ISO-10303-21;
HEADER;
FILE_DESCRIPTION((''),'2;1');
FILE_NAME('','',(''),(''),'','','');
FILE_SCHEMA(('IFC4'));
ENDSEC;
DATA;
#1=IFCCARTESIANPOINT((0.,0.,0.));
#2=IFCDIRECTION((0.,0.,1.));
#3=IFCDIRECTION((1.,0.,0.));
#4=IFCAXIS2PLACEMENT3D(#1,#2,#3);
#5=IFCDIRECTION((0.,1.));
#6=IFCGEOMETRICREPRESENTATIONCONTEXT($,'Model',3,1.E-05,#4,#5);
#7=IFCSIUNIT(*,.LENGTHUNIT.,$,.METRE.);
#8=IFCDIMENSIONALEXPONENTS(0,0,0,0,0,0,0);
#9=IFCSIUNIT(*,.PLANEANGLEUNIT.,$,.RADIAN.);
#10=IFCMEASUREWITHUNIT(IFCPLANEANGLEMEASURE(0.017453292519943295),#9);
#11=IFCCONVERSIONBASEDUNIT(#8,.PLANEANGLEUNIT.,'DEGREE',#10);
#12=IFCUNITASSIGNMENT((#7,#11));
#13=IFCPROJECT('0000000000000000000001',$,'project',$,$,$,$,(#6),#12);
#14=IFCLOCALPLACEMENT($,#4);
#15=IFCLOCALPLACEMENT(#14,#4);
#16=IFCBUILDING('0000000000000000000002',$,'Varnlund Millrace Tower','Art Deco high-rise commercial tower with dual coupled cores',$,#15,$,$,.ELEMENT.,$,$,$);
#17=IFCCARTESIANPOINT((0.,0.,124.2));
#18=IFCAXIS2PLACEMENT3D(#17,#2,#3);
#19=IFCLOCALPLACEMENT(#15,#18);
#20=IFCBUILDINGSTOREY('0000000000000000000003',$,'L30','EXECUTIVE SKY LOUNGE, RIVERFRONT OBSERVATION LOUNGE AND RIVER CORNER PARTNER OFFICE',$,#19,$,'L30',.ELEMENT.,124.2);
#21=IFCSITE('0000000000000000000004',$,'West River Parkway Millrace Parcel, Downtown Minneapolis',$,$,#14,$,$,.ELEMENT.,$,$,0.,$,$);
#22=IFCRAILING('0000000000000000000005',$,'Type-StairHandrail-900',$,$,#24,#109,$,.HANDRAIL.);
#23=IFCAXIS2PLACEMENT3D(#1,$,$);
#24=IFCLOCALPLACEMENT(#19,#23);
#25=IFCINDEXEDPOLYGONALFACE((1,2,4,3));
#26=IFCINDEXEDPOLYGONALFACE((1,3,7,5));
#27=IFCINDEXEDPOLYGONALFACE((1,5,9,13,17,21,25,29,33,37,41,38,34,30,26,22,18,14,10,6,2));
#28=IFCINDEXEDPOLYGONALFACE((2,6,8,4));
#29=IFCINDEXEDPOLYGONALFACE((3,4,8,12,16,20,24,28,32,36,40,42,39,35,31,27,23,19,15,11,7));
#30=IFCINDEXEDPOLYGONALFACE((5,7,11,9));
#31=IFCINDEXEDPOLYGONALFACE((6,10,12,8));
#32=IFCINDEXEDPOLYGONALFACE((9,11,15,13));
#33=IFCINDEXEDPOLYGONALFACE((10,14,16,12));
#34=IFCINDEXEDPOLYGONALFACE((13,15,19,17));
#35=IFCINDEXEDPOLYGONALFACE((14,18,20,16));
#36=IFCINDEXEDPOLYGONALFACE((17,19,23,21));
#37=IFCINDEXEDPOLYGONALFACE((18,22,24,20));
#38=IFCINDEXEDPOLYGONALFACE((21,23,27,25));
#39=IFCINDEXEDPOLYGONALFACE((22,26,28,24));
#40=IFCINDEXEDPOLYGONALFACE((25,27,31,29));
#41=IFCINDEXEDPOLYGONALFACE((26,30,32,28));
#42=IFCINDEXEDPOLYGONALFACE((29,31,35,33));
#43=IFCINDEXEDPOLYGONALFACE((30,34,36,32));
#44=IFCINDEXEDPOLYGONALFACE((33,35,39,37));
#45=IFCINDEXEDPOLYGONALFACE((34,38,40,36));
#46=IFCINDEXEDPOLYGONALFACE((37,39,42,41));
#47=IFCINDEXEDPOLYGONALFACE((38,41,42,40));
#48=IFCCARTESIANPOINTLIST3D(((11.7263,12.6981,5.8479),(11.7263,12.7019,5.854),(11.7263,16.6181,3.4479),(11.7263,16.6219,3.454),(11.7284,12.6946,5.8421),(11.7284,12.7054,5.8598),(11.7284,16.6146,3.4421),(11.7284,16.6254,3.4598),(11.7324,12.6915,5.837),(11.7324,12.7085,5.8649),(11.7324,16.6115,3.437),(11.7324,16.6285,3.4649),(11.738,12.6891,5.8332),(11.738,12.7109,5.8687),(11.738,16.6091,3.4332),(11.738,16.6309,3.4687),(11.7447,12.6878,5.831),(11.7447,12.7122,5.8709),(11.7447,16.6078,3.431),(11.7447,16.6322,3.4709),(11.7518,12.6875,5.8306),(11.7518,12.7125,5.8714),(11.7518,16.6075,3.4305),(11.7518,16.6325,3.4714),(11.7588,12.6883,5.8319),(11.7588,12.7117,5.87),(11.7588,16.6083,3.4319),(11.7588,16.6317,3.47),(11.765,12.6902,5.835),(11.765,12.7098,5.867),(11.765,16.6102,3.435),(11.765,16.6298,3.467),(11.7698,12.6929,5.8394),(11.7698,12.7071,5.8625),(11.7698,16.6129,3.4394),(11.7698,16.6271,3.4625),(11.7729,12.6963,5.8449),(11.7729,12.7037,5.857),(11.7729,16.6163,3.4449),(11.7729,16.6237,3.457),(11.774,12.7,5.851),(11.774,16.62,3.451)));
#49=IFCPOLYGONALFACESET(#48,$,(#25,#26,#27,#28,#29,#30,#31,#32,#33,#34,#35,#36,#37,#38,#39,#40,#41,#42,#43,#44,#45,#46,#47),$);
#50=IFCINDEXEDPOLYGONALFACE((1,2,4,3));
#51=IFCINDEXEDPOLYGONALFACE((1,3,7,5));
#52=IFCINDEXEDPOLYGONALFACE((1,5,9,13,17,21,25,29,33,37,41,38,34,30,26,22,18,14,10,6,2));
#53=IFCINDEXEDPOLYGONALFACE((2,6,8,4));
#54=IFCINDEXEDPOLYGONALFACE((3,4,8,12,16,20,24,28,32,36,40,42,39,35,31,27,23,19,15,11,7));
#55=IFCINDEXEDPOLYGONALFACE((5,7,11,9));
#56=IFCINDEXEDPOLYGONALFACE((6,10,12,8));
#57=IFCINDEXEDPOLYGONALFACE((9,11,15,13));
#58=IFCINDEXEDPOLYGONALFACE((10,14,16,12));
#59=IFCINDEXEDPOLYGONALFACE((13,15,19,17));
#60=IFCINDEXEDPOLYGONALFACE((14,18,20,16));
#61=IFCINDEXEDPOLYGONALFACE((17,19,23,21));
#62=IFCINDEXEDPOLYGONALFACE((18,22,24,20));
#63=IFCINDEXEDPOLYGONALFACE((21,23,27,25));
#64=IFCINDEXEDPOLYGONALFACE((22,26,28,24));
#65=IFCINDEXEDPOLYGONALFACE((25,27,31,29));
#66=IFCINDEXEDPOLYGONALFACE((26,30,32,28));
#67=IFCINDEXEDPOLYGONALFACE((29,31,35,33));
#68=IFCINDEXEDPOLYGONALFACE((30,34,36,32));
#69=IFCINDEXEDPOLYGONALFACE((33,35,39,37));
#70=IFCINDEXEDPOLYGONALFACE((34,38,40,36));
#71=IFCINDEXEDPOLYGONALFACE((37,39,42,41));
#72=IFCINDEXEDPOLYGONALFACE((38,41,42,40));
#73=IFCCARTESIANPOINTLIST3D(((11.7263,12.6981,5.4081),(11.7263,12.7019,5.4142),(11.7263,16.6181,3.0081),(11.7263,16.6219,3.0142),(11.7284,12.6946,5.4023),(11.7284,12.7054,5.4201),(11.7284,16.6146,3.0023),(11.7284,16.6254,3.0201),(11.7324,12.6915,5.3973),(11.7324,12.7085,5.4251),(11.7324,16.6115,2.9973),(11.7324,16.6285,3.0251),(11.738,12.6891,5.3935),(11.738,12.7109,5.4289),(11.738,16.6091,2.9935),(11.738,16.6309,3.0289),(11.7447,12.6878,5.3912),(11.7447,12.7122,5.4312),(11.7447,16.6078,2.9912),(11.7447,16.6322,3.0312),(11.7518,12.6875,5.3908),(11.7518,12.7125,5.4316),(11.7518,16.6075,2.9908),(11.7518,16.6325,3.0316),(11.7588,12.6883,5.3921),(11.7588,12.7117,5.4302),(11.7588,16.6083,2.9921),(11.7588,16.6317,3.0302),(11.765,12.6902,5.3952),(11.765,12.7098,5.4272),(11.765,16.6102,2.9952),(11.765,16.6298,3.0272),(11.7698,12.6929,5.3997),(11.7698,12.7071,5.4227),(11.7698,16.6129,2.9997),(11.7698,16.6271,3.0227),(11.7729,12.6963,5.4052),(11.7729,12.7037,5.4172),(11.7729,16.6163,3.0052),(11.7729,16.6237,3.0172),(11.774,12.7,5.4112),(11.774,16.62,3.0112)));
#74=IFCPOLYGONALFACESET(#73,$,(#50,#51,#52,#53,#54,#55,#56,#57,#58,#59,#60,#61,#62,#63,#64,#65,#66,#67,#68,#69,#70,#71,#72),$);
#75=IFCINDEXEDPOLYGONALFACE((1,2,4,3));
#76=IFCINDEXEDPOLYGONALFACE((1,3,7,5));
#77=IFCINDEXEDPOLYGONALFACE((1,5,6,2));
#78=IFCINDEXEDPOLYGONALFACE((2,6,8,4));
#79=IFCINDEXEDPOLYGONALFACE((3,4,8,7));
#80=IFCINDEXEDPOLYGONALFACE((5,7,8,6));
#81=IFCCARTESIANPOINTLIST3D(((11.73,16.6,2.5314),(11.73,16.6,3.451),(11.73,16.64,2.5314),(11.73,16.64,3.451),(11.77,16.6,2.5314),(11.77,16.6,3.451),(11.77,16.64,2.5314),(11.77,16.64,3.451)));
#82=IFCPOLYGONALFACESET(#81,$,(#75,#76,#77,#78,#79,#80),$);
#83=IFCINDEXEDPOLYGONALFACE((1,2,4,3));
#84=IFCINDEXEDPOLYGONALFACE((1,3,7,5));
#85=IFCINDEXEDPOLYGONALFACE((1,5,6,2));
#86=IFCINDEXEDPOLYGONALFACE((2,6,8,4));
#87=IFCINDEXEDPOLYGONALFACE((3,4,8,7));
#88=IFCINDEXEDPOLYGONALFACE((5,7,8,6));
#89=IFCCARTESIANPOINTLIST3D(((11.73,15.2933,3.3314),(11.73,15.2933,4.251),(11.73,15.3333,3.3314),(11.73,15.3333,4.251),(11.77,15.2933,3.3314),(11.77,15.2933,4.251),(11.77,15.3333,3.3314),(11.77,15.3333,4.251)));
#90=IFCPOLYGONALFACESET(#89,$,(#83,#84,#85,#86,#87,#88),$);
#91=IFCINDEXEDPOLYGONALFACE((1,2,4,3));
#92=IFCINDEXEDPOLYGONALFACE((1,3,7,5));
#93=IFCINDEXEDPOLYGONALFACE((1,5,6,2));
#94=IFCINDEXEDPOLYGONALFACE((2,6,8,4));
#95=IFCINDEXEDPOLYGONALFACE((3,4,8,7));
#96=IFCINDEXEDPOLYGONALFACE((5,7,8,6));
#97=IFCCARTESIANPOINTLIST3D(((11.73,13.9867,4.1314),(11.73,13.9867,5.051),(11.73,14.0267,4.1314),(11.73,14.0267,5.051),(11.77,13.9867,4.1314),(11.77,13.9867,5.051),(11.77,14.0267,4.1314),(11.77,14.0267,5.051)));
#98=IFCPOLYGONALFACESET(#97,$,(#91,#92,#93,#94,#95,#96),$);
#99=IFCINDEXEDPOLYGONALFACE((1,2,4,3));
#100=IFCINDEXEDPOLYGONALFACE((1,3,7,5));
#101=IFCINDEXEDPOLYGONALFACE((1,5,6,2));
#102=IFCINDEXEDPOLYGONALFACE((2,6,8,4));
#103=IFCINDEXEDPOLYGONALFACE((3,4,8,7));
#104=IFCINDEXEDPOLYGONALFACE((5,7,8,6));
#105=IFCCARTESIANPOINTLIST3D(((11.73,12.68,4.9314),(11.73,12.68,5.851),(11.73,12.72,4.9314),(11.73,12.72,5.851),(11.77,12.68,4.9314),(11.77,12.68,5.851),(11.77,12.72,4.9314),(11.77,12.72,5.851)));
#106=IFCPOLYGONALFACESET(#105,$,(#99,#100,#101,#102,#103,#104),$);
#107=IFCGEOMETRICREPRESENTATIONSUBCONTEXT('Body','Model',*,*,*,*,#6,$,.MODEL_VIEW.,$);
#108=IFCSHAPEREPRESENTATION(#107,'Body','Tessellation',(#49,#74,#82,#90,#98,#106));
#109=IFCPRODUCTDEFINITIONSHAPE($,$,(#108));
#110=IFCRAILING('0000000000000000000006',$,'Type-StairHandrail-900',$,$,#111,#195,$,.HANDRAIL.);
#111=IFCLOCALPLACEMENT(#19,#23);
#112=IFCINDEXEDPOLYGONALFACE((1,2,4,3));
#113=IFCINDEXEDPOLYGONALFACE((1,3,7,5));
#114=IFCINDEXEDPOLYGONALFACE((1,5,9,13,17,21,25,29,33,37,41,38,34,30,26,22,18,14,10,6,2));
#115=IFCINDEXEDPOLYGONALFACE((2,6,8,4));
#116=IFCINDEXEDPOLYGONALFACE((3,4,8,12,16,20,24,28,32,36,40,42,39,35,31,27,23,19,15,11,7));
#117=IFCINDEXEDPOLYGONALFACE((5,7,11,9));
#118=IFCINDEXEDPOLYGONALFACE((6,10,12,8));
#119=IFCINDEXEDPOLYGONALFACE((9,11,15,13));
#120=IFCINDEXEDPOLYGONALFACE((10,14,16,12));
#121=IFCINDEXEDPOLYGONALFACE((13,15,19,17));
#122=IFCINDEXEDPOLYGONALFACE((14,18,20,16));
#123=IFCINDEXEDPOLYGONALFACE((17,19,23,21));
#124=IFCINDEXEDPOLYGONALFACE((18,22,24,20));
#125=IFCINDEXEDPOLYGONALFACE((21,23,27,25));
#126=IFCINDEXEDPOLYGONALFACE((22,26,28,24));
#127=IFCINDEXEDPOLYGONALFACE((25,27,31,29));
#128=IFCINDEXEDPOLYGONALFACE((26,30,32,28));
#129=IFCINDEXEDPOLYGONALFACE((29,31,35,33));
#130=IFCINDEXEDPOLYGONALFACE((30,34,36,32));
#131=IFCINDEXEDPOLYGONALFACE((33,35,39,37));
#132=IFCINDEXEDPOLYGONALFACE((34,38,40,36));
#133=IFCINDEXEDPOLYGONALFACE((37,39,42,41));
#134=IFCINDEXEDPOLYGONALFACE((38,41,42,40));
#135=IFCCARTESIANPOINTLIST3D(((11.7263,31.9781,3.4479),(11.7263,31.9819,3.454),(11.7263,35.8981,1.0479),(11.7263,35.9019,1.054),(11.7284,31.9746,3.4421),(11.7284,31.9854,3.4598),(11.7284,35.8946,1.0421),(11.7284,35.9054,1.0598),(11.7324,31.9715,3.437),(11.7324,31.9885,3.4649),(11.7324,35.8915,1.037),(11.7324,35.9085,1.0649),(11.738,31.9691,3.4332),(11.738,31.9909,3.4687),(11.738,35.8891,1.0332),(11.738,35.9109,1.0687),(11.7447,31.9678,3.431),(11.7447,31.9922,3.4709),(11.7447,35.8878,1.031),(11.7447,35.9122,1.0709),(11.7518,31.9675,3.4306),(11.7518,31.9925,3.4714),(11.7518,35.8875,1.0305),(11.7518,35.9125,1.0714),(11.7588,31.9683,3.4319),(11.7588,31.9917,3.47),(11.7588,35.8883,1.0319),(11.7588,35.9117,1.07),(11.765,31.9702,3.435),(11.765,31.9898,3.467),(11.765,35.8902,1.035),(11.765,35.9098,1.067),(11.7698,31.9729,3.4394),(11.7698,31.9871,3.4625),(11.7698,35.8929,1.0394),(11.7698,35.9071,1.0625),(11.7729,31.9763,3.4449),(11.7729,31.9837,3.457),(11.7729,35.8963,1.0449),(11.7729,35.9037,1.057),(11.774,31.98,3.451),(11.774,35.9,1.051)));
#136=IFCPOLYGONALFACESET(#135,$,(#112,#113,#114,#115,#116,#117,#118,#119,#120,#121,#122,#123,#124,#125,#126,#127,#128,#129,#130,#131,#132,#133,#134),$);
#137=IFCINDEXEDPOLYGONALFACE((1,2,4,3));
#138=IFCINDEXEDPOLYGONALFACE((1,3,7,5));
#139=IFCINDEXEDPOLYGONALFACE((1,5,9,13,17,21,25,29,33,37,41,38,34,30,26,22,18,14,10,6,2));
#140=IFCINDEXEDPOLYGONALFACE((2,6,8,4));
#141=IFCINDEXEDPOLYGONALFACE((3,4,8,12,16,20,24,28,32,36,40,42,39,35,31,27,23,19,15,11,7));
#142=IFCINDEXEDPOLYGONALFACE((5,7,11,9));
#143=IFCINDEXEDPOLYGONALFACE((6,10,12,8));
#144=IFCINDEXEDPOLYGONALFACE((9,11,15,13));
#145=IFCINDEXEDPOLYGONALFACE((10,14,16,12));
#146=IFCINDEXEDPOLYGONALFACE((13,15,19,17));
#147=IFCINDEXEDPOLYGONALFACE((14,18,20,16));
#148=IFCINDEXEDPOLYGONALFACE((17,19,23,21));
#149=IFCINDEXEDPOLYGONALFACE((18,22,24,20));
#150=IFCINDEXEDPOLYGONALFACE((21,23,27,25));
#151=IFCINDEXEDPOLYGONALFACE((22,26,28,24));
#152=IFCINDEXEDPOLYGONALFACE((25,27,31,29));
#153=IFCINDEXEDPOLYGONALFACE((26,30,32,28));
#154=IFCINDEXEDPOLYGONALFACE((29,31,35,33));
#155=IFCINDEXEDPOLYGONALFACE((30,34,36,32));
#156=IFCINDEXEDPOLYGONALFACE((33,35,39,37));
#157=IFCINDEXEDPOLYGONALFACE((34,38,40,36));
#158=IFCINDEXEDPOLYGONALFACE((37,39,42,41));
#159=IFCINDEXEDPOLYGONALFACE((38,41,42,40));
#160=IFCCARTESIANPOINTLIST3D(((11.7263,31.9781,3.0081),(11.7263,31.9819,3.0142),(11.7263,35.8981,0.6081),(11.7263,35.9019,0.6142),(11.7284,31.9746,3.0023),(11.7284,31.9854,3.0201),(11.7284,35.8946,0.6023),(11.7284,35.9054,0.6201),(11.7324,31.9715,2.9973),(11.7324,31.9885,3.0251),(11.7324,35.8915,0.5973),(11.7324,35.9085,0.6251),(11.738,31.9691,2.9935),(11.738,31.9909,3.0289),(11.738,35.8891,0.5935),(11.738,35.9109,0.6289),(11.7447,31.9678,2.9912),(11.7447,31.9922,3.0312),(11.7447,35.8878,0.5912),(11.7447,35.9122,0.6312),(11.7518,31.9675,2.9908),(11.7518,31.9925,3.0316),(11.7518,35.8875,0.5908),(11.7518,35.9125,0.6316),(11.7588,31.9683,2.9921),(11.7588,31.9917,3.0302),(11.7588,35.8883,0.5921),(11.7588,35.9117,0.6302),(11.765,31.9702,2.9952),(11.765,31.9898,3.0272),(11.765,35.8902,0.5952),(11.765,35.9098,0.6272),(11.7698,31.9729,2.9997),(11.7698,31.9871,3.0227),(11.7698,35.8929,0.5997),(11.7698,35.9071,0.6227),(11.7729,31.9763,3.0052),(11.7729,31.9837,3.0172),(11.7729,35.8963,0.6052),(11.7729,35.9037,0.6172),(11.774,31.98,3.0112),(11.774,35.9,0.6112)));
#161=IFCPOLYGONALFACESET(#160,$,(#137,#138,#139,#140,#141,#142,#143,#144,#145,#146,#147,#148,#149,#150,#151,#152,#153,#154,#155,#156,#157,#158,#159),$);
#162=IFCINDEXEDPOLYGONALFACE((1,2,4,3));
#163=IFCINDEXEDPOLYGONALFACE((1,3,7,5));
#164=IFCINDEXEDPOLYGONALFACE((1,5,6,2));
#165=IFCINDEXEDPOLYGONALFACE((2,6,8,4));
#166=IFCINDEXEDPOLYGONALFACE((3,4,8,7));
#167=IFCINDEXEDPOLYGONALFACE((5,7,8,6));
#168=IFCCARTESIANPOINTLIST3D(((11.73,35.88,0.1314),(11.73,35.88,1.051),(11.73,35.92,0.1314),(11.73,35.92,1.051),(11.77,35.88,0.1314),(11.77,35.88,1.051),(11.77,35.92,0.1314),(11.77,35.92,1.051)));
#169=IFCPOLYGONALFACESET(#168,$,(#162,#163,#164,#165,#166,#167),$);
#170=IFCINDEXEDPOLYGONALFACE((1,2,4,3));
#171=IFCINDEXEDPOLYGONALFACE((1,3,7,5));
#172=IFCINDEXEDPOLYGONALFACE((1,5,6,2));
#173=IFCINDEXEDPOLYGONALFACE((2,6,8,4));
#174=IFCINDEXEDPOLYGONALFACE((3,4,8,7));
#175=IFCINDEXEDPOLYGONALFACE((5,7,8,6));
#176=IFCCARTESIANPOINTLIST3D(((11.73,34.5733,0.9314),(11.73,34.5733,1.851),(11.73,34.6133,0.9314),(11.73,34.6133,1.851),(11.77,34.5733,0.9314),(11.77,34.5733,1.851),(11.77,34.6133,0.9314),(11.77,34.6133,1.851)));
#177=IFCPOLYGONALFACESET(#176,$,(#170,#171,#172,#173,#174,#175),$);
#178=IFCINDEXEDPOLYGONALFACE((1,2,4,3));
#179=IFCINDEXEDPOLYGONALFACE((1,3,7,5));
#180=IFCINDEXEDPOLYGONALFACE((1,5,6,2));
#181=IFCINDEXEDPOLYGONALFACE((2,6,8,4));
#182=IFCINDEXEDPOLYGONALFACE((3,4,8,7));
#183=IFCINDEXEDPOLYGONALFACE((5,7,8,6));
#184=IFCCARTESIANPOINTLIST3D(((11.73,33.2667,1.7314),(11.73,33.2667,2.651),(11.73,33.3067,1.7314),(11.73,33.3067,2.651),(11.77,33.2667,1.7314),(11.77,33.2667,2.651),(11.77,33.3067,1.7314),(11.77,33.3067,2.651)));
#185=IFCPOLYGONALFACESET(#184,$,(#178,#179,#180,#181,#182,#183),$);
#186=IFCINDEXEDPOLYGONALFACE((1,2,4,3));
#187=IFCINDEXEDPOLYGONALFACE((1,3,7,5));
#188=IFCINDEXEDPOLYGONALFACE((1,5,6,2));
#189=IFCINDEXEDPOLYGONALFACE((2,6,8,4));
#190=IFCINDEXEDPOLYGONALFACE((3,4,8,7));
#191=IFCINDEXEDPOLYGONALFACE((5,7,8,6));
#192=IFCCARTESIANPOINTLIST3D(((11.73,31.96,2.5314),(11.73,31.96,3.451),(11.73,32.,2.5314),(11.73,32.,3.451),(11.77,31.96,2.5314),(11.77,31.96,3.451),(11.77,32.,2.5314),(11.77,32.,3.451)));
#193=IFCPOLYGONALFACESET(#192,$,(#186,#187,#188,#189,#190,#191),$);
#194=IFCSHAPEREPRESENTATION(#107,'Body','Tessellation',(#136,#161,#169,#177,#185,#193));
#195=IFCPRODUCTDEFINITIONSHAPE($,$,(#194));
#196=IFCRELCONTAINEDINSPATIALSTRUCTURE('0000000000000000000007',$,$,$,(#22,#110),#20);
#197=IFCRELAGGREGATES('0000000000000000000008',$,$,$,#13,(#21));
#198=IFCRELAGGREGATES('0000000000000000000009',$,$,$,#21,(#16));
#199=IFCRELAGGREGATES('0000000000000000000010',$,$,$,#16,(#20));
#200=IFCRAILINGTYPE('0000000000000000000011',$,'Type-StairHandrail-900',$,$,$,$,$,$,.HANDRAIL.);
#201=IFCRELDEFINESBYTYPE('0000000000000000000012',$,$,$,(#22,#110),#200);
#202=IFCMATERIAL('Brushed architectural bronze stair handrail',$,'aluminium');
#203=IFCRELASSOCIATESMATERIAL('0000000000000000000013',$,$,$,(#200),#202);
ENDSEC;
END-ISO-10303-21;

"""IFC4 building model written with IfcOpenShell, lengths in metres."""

from ifc_helpers import new_model, entity, si_unit, converted_unit, direction, frame, origin_with_axes, origin_2d_with_axis, place, context, subcontext, project, spatial, rectangle, circle, extrude, material, type_object, element, save


model = new_model("IFC4")

# Units and contexts
model_context = context("Model", 3, precision=1e-05, world=origin_with_axes(), true_north=direction((0.0, 1.0)))
body_context = subcontext(model_context, "Body", "Model", "MODEL_VIEW")
ifc_project = project(units=[si_unit("LENGTHUNIT", "METRE"), converted_unit("PLANEANGLEUNIT", "DEGREE", entity("IfcPlaneAngleMeasure", 0.017453292519943295), si_unit("PLANEANGLEUNIT", "RADIAN"), dimensions=[0, 0, 0, 0, 0, 0, 0])], contexts=[model_context])

# Site, building, storey
site_placement = place(None, origin_with_axes())
site = spatial("IfcSite", under=ifc_project, at=site_placement, Name="West River Parkway Millrace Parcel, Downtown Minneapolis", CompositionType="ELEMENT", RefElevation=0.0)
building_placement = place(site_placement, origin_with_axes())
building = spatial("IfcBuilding", under=site, at=building_placement, Name="Varnlund Millrace Tower", Description="Art Deco high-rise commercial tower with dual coupled cores", CompositionType="ELEMENT")
storey_placement = place(building_placement, frame((0.0, 0.0, 124.2), z_axis=(0.0, 0.0, 1.0), x_axis=(1.0, 0.0, 0.0)))
storey = spatial("IfcBuildingStorey", under=building, at=storey_placement, Name="L30", Description="EXECUTIVE SKY LOUNGE, RIVERFRONT OBSERVATION LOUNGE AND RIVER CORNER PARTNER OFFICE", LongName="L30", CompositionType="ELEMENT", Elevation=124.2)

# Railings
ifc_material_1 = material(Name="Brushed architectural bronze stair handrail", Category="aluminium")
railing_type_1 = type_object("IfcRailingType", Name="Type-StairHandrail-900", PredefinedType="HANDRAIL", material=ifc_material_1)
railing_1_placement = place(storey_placement, frame((0.0, 0.0, -124.2), z_axis=(0.0, 0.0, 1.0), x_axis=(1.0, 0.0, 0.0)))
element("IfcRailing", 1, at=railing_1_placement, inside=storey, type_object=railing_type_1, Name="Type-StairHandrail-900", PredefinedType="HANDRAIL", context=body_context, shape_type="SweptSolid", body=[
    extrude(circle(Radius=0.024, at=origin_2d_with_axis()), frame((11.75, 16.62, 127.651), z_axis=(0.0, -0.852851, 0.522154), x_axis=(1.0, 0.0, 0.0)), (0.0, 0.0, 1.0), 4.5963),
    extrude(circle(Radius=0.024, at=origin_2d_with_axis()), frame((11.75, 16.62, 127.2112), z_axis=(0.0, -0.852851, 0.522154), x_axis=(1.0, 0.0, 0.0)), (0.0, 0.0, 1.0), 4.5963),
    extrude(rectangle(XDim=0.04, YDim=0.04, at=origin_2d_with_axis()), frame((11.75, 16.62, 126.7314), z_axis=(0.0, 0.0, 1.0), x_axis=(1.0, 0.0, 0.0)), (0.0, 0.0, 1.0), 0.9195),
    extrude(rectangle(XDim=0.04, YDim=0.04, at=origin_2d_with_axis()), frame((11.75, 15.3133, 127.5314), z_axis=(0.0, 0.0, 1.0), x_axis=(1.0, 0.0, 0.0)), (0.0, 0.0, 1.0), 0.9195),
    extrude(rectangle(XDim=0.04, YDim=0.04, at=origin_2d_with_axis()), frame((11.75, 14.0067, 128.3314), z_axis=(0.0, 0.0, 1.0), x_axis=(1.0, 0.0, 0.0)), (0.0, 0.0, 1.0), 0.9195),
    extrude(rectangle(XDim=0.04, YDim=0.04, at=origin_2d_with_axis()), frame((11.75, 12.7, 129.1314), z_axis=(0.0, 0.0, 1.0), x_axis=(1.0, 0.0, 0.0)), (0.0, 0.0, 1.0), 0.9195),
])
railing_2_placement = place(storey_placement, frame((0.0, 0.0, -124.2), z_axis=(0.0, 0.0, 1.0), x_axis=(1.0, 0.0, 0.0)))
element("IfcRailing", 2, at=railing_2_placement, inside=storey, type_object=railing_type_1, Name="Type-StairHandrail-900", PredefinedType="HANDRAIL", context=body_context, shape_type="SweptSolid", body=[
    extrude(circle(Radius=0.024, at=origin_2d_with_axis()), frame((11.75, 35.9, 125.251), z_axis=(0.0, -0.852851, 0.522154), x_axis=(1.0, 0.0, 0.0)), (0.0, 0.0, 1.0), 4.5963),
    extrude(circle(Radius=0.024, at=origin_2d_with_axis()), frame((11.75, 35.9, 124.8112), z_axis=(0.0, -0.852851, 0.522154), x_axis=(1.0, 0.0, 0.0)), (0.0, 0.0, 1.0), 4.5963),
    extrude(rectangle(XDim=0.04, YDim=0.04, at=origin_2d_with_axis()), frame((11.75, 35.9, 124.3314), z_axis=(0.0, 0.0, 1.0), x_axis=(1.0, 0.0, 0.0)), (0.0, 0.0, 1.0), 0.9195),
    extrude(rectangle(XDim=0.04, YDim=0.04, at=origin_2d_with_axis()), frame((11.75, 34.5933, 125.1314), z_axis=(0.0, 0.0, 1.0), x_axis=(1.0, 0.0, 0.0)), (0.0, 0.0, 1.0), 0.9195),
    extrude(rectangle(XDim=0.04, YDim=0.04, at=origin_2d_with_axis()), frame((11.75, 33.2867, 125.9314), z_axis=(0.0, 0.0, 1.0), x_axis=(1.0, 0.0, 0.0)), (0.0, 0.0, 1.0), 0.9195),
    extrude(rectangle(XDim=0.04, YDim=0.04, at=origin_2d_with_axis()), frame((11.75, 31.98, 126.7314), z_axis=(0.0, 0.0, 1.0), x_axis=(1.0, 0.0, 0.0)), (0.0, 0.0, 1.0), 0.9195),
])

save(model, "model.ifc")
